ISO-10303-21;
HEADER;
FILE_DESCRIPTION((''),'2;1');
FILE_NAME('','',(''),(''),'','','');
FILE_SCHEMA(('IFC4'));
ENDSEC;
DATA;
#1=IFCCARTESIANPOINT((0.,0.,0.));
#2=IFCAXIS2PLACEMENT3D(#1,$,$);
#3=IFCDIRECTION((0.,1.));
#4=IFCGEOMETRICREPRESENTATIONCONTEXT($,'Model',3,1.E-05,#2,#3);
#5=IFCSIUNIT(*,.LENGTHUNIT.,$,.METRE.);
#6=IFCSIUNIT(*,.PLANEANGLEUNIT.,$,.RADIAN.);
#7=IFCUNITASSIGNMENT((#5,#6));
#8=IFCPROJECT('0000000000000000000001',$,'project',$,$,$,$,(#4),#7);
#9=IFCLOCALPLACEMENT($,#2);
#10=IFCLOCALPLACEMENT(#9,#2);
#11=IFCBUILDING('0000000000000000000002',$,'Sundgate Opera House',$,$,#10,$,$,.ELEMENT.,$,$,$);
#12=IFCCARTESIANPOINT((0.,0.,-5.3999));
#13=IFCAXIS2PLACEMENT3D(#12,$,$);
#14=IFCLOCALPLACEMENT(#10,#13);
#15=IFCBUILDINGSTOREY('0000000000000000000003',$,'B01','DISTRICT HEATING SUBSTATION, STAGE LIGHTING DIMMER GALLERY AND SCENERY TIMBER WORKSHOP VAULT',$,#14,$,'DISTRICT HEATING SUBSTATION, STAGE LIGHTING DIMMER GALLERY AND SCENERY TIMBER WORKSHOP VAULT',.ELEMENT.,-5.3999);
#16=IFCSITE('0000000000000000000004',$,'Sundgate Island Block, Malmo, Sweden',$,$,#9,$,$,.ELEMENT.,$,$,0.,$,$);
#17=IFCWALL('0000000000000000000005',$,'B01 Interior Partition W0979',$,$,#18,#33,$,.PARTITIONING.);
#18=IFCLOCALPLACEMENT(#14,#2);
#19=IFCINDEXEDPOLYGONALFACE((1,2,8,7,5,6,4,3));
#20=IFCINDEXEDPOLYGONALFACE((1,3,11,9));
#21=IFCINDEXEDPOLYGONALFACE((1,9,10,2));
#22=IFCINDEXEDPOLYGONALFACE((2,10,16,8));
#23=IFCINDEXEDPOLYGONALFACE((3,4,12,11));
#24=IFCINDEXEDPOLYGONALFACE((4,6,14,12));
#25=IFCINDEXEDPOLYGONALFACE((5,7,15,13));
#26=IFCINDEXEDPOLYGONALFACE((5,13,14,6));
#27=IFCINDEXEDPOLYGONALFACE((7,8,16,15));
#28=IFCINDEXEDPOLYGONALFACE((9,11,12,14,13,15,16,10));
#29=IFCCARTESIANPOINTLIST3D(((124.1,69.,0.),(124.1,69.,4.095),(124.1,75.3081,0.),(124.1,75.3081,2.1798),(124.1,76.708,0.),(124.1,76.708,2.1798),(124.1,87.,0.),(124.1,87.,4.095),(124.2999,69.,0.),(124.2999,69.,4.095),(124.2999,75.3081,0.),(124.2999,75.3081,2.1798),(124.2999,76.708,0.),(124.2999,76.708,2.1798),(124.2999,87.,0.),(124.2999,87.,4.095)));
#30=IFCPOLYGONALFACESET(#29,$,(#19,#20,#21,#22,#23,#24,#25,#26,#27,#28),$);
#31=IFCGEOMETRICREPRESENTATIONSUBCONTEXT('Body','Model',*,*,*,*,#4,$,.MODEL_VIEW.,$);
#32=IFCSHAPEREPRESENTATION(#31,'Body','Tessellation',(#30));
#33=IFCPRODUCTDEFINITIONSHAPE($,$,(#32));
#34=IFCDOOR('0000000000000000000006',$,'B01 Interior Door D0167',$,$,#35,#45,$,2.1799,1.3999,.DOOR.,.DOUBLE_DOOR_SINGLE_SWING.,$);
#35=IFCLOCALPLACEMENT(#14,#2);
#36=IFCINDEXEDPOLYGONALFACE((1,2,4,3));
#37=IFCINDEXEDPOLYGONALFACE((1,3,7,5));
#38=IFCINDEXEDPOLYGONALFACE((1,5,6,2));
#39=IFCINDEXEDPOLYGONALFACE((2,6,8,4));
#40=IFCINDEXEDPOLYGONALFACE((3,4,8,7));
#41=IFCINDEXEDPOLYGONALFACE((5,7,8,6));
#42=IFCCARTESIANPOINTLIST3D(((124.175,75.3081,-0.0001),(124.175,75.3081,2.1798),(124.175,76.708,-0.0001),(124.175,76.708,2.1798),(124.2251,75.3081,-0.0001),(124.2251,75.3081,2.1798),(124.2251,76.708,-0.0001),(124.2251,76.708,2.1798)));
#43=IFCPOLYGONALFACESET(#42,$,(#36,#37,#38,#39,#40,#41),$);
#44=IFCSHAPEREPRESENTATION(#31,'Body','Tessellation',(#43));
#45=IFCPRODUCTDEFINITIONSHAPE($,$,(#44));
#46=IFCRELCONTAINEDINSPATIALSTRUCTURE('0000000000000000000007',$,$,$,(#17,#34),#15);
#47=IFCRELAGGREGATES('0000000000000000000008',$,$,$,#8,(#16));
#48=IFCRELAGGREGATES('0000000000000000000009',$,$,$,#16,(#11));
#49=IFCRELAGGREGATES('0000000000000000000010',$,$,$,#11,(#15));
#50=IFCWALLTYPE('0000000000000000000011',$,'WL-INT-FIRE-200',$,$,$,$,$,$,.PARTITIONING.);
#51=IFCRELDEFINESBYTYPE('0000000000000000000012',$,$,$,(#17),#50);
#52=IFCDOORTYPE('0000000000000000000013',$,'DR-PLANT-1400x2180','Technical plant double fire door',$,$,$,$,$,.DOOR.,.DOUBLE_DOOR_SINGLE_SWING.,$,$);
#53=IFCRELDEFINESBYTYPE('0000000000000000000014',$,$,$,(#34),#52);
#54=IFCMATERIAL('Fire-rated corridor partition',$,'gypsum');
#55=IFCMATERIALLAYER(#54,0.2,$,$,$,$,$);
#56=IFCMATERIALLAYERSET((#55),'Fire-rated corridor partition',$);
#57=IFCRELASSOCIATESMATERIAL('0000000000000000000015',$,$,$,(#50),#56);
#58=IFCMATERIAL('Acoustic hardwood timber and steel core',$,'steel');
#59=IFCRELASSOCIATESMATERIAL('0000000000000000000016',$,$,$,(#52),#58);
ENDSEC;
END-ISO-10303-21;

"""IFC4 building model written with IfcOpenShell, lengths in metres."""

from ifc_helpers import new_model, si_unit, direction, frame, frame_2d, origin, place, context, subcontext, project, spatial, rectangle, extrude, material, layer, layer_set, type_object, element, fill, save


model = new_model("IFC4")

# Units and contexts
model_context = context("Model", 3, precision=1e-05, world=origin(), true_north=direction((0.0, 1.0)))
body_context = subcontext(model_context, "Body", "Model", "MODEL_VIEW")
ifc_project = project(units=[si_unit("LENGTHUNIT", "METRE"), si_unit("PLANEANGLEUNIT", "RADIAN")], contexts=[model_context])

# Site, building, storey
site_placement = place(None, origin())
site = spatial("IfcSite", under=ifc_project, at=site_placement, Name="Sundgate Island Block, Malmo, Sweden", CompositionType="ELEMENT", RefElevation=0.0)
building_placement = place(site_placement, origin())
building = spatial("IfcBuilding", under=site, at=building_placement, Name="Sundgate Opera House", CompositionType="ELEMENT")
storey_placement = place(building_placement, frame((0.0, 0.0, -5.3999)))
storey = spatial("IfcBuildingStorey", under=building, at=storey_placement, Name="B01", Description="DISTRICT HEATING SUBSTATION, STAGE LIGHTING DIMMER GALLERY AND SCENERY TIMBER WORKSHOP VAULT", LongName="DISTRICT HEATING SUBSTATION, STAGE LIGHTING DIMMER GALLERY AND SCENERY TIMBER WORKSHOP VAULT", CompositionType="ELEMENT", Elevation=-5.3999)

# Wall, opening, door
ifc_material_1 = material(Name="Fire-rated corridor partition", Category="gypsum")
ifc_layer = layer(ifc_material_1, 0.2)
ifc_layer_set = layer_set([ifc_layer], Name="Fire-rated corridor partition")
wall_type = type_object("IfcWallType", Name="WL-INT-FIRE-200", PredefinedType="PARTITIONING", material=ifc_layer_set)
wall_placement = place(storey_placement, frame((124.2, 69.0, 0.0), z_axis=(0.0, 0.0, 1.0), x_axis=(0.0, 1.0, 0.0)))
wall = element("IfcWall", 1, at=wall_placement, inside=storey, type_object=wall_type, Name="B01 Interior Partition W0979", PredefinedType="PARTITIONING", context=body_context, shape_type="SweptSolid", body=[
    extrude(rectangle(XDim=18.0, YDim=0.2, at=frame_2d((9.0, 0.0))), origin(), (0.0, 0.0, 1.0), 4.095),
])
opening_placement = place(wall_placement, frame((6.3081, 0.0, 0.0)))
opening = element("IfcOpeningElement", 2, at=opening_placement, cuts=wall, PredefinedType="OPENING", context=body_context, shape_type="SweptSolid", body=[
    extrude(rectangle(XDim=1.3999, YDim=2.1799, at=frame_2d((0.7, 1.0898))), frame((0.0, 0.1099, 0.0), z_axis=(0.0, -1.0, 0.0), x_axis=(1.0, 0.0, 0.0)), (0.0, 0.0, 1.0), 0.22),
])
ifc_material_2 = material(Name="Acoustic hardwood timber and steel core", Category="steel")
door_type = type_object("IfcDoorType", Name="DR-PLANT-1400x2180", Description="Technical plant double fire door", OperationType="DOUBLE_DOOR_SINGLE_SWING", PredefinedType="DOOR", material=ifc_material_2)
door_placement = place(opening_placement, origin())
door = element("IfcDoor", 3, at=door_placement, inside=storey, type_object=door_type, Name="B01 Interior Door D0167", OperationType="DOUBLE_DOOR_SINGLE_SWING", OverallHeight=2.1799, OverallWidth=1.3999, PredefinedType="DOOR", context=body_context, shape_type="SweptSolid", body=[
    extrude(rectangle(XDim=1.3999, YDim=2.1799, at=frame_2d((0.7, 1.0898))), frame((0.0, 0.0249, 0.0), z_axis=(0.0, -1.0, 0.0), x_axis=(1.0, 0.0, 0.0)), (0.0, 0.0, 1.0), 0.05),
])
fill(opening, door)

save(model, "model.ifc")
